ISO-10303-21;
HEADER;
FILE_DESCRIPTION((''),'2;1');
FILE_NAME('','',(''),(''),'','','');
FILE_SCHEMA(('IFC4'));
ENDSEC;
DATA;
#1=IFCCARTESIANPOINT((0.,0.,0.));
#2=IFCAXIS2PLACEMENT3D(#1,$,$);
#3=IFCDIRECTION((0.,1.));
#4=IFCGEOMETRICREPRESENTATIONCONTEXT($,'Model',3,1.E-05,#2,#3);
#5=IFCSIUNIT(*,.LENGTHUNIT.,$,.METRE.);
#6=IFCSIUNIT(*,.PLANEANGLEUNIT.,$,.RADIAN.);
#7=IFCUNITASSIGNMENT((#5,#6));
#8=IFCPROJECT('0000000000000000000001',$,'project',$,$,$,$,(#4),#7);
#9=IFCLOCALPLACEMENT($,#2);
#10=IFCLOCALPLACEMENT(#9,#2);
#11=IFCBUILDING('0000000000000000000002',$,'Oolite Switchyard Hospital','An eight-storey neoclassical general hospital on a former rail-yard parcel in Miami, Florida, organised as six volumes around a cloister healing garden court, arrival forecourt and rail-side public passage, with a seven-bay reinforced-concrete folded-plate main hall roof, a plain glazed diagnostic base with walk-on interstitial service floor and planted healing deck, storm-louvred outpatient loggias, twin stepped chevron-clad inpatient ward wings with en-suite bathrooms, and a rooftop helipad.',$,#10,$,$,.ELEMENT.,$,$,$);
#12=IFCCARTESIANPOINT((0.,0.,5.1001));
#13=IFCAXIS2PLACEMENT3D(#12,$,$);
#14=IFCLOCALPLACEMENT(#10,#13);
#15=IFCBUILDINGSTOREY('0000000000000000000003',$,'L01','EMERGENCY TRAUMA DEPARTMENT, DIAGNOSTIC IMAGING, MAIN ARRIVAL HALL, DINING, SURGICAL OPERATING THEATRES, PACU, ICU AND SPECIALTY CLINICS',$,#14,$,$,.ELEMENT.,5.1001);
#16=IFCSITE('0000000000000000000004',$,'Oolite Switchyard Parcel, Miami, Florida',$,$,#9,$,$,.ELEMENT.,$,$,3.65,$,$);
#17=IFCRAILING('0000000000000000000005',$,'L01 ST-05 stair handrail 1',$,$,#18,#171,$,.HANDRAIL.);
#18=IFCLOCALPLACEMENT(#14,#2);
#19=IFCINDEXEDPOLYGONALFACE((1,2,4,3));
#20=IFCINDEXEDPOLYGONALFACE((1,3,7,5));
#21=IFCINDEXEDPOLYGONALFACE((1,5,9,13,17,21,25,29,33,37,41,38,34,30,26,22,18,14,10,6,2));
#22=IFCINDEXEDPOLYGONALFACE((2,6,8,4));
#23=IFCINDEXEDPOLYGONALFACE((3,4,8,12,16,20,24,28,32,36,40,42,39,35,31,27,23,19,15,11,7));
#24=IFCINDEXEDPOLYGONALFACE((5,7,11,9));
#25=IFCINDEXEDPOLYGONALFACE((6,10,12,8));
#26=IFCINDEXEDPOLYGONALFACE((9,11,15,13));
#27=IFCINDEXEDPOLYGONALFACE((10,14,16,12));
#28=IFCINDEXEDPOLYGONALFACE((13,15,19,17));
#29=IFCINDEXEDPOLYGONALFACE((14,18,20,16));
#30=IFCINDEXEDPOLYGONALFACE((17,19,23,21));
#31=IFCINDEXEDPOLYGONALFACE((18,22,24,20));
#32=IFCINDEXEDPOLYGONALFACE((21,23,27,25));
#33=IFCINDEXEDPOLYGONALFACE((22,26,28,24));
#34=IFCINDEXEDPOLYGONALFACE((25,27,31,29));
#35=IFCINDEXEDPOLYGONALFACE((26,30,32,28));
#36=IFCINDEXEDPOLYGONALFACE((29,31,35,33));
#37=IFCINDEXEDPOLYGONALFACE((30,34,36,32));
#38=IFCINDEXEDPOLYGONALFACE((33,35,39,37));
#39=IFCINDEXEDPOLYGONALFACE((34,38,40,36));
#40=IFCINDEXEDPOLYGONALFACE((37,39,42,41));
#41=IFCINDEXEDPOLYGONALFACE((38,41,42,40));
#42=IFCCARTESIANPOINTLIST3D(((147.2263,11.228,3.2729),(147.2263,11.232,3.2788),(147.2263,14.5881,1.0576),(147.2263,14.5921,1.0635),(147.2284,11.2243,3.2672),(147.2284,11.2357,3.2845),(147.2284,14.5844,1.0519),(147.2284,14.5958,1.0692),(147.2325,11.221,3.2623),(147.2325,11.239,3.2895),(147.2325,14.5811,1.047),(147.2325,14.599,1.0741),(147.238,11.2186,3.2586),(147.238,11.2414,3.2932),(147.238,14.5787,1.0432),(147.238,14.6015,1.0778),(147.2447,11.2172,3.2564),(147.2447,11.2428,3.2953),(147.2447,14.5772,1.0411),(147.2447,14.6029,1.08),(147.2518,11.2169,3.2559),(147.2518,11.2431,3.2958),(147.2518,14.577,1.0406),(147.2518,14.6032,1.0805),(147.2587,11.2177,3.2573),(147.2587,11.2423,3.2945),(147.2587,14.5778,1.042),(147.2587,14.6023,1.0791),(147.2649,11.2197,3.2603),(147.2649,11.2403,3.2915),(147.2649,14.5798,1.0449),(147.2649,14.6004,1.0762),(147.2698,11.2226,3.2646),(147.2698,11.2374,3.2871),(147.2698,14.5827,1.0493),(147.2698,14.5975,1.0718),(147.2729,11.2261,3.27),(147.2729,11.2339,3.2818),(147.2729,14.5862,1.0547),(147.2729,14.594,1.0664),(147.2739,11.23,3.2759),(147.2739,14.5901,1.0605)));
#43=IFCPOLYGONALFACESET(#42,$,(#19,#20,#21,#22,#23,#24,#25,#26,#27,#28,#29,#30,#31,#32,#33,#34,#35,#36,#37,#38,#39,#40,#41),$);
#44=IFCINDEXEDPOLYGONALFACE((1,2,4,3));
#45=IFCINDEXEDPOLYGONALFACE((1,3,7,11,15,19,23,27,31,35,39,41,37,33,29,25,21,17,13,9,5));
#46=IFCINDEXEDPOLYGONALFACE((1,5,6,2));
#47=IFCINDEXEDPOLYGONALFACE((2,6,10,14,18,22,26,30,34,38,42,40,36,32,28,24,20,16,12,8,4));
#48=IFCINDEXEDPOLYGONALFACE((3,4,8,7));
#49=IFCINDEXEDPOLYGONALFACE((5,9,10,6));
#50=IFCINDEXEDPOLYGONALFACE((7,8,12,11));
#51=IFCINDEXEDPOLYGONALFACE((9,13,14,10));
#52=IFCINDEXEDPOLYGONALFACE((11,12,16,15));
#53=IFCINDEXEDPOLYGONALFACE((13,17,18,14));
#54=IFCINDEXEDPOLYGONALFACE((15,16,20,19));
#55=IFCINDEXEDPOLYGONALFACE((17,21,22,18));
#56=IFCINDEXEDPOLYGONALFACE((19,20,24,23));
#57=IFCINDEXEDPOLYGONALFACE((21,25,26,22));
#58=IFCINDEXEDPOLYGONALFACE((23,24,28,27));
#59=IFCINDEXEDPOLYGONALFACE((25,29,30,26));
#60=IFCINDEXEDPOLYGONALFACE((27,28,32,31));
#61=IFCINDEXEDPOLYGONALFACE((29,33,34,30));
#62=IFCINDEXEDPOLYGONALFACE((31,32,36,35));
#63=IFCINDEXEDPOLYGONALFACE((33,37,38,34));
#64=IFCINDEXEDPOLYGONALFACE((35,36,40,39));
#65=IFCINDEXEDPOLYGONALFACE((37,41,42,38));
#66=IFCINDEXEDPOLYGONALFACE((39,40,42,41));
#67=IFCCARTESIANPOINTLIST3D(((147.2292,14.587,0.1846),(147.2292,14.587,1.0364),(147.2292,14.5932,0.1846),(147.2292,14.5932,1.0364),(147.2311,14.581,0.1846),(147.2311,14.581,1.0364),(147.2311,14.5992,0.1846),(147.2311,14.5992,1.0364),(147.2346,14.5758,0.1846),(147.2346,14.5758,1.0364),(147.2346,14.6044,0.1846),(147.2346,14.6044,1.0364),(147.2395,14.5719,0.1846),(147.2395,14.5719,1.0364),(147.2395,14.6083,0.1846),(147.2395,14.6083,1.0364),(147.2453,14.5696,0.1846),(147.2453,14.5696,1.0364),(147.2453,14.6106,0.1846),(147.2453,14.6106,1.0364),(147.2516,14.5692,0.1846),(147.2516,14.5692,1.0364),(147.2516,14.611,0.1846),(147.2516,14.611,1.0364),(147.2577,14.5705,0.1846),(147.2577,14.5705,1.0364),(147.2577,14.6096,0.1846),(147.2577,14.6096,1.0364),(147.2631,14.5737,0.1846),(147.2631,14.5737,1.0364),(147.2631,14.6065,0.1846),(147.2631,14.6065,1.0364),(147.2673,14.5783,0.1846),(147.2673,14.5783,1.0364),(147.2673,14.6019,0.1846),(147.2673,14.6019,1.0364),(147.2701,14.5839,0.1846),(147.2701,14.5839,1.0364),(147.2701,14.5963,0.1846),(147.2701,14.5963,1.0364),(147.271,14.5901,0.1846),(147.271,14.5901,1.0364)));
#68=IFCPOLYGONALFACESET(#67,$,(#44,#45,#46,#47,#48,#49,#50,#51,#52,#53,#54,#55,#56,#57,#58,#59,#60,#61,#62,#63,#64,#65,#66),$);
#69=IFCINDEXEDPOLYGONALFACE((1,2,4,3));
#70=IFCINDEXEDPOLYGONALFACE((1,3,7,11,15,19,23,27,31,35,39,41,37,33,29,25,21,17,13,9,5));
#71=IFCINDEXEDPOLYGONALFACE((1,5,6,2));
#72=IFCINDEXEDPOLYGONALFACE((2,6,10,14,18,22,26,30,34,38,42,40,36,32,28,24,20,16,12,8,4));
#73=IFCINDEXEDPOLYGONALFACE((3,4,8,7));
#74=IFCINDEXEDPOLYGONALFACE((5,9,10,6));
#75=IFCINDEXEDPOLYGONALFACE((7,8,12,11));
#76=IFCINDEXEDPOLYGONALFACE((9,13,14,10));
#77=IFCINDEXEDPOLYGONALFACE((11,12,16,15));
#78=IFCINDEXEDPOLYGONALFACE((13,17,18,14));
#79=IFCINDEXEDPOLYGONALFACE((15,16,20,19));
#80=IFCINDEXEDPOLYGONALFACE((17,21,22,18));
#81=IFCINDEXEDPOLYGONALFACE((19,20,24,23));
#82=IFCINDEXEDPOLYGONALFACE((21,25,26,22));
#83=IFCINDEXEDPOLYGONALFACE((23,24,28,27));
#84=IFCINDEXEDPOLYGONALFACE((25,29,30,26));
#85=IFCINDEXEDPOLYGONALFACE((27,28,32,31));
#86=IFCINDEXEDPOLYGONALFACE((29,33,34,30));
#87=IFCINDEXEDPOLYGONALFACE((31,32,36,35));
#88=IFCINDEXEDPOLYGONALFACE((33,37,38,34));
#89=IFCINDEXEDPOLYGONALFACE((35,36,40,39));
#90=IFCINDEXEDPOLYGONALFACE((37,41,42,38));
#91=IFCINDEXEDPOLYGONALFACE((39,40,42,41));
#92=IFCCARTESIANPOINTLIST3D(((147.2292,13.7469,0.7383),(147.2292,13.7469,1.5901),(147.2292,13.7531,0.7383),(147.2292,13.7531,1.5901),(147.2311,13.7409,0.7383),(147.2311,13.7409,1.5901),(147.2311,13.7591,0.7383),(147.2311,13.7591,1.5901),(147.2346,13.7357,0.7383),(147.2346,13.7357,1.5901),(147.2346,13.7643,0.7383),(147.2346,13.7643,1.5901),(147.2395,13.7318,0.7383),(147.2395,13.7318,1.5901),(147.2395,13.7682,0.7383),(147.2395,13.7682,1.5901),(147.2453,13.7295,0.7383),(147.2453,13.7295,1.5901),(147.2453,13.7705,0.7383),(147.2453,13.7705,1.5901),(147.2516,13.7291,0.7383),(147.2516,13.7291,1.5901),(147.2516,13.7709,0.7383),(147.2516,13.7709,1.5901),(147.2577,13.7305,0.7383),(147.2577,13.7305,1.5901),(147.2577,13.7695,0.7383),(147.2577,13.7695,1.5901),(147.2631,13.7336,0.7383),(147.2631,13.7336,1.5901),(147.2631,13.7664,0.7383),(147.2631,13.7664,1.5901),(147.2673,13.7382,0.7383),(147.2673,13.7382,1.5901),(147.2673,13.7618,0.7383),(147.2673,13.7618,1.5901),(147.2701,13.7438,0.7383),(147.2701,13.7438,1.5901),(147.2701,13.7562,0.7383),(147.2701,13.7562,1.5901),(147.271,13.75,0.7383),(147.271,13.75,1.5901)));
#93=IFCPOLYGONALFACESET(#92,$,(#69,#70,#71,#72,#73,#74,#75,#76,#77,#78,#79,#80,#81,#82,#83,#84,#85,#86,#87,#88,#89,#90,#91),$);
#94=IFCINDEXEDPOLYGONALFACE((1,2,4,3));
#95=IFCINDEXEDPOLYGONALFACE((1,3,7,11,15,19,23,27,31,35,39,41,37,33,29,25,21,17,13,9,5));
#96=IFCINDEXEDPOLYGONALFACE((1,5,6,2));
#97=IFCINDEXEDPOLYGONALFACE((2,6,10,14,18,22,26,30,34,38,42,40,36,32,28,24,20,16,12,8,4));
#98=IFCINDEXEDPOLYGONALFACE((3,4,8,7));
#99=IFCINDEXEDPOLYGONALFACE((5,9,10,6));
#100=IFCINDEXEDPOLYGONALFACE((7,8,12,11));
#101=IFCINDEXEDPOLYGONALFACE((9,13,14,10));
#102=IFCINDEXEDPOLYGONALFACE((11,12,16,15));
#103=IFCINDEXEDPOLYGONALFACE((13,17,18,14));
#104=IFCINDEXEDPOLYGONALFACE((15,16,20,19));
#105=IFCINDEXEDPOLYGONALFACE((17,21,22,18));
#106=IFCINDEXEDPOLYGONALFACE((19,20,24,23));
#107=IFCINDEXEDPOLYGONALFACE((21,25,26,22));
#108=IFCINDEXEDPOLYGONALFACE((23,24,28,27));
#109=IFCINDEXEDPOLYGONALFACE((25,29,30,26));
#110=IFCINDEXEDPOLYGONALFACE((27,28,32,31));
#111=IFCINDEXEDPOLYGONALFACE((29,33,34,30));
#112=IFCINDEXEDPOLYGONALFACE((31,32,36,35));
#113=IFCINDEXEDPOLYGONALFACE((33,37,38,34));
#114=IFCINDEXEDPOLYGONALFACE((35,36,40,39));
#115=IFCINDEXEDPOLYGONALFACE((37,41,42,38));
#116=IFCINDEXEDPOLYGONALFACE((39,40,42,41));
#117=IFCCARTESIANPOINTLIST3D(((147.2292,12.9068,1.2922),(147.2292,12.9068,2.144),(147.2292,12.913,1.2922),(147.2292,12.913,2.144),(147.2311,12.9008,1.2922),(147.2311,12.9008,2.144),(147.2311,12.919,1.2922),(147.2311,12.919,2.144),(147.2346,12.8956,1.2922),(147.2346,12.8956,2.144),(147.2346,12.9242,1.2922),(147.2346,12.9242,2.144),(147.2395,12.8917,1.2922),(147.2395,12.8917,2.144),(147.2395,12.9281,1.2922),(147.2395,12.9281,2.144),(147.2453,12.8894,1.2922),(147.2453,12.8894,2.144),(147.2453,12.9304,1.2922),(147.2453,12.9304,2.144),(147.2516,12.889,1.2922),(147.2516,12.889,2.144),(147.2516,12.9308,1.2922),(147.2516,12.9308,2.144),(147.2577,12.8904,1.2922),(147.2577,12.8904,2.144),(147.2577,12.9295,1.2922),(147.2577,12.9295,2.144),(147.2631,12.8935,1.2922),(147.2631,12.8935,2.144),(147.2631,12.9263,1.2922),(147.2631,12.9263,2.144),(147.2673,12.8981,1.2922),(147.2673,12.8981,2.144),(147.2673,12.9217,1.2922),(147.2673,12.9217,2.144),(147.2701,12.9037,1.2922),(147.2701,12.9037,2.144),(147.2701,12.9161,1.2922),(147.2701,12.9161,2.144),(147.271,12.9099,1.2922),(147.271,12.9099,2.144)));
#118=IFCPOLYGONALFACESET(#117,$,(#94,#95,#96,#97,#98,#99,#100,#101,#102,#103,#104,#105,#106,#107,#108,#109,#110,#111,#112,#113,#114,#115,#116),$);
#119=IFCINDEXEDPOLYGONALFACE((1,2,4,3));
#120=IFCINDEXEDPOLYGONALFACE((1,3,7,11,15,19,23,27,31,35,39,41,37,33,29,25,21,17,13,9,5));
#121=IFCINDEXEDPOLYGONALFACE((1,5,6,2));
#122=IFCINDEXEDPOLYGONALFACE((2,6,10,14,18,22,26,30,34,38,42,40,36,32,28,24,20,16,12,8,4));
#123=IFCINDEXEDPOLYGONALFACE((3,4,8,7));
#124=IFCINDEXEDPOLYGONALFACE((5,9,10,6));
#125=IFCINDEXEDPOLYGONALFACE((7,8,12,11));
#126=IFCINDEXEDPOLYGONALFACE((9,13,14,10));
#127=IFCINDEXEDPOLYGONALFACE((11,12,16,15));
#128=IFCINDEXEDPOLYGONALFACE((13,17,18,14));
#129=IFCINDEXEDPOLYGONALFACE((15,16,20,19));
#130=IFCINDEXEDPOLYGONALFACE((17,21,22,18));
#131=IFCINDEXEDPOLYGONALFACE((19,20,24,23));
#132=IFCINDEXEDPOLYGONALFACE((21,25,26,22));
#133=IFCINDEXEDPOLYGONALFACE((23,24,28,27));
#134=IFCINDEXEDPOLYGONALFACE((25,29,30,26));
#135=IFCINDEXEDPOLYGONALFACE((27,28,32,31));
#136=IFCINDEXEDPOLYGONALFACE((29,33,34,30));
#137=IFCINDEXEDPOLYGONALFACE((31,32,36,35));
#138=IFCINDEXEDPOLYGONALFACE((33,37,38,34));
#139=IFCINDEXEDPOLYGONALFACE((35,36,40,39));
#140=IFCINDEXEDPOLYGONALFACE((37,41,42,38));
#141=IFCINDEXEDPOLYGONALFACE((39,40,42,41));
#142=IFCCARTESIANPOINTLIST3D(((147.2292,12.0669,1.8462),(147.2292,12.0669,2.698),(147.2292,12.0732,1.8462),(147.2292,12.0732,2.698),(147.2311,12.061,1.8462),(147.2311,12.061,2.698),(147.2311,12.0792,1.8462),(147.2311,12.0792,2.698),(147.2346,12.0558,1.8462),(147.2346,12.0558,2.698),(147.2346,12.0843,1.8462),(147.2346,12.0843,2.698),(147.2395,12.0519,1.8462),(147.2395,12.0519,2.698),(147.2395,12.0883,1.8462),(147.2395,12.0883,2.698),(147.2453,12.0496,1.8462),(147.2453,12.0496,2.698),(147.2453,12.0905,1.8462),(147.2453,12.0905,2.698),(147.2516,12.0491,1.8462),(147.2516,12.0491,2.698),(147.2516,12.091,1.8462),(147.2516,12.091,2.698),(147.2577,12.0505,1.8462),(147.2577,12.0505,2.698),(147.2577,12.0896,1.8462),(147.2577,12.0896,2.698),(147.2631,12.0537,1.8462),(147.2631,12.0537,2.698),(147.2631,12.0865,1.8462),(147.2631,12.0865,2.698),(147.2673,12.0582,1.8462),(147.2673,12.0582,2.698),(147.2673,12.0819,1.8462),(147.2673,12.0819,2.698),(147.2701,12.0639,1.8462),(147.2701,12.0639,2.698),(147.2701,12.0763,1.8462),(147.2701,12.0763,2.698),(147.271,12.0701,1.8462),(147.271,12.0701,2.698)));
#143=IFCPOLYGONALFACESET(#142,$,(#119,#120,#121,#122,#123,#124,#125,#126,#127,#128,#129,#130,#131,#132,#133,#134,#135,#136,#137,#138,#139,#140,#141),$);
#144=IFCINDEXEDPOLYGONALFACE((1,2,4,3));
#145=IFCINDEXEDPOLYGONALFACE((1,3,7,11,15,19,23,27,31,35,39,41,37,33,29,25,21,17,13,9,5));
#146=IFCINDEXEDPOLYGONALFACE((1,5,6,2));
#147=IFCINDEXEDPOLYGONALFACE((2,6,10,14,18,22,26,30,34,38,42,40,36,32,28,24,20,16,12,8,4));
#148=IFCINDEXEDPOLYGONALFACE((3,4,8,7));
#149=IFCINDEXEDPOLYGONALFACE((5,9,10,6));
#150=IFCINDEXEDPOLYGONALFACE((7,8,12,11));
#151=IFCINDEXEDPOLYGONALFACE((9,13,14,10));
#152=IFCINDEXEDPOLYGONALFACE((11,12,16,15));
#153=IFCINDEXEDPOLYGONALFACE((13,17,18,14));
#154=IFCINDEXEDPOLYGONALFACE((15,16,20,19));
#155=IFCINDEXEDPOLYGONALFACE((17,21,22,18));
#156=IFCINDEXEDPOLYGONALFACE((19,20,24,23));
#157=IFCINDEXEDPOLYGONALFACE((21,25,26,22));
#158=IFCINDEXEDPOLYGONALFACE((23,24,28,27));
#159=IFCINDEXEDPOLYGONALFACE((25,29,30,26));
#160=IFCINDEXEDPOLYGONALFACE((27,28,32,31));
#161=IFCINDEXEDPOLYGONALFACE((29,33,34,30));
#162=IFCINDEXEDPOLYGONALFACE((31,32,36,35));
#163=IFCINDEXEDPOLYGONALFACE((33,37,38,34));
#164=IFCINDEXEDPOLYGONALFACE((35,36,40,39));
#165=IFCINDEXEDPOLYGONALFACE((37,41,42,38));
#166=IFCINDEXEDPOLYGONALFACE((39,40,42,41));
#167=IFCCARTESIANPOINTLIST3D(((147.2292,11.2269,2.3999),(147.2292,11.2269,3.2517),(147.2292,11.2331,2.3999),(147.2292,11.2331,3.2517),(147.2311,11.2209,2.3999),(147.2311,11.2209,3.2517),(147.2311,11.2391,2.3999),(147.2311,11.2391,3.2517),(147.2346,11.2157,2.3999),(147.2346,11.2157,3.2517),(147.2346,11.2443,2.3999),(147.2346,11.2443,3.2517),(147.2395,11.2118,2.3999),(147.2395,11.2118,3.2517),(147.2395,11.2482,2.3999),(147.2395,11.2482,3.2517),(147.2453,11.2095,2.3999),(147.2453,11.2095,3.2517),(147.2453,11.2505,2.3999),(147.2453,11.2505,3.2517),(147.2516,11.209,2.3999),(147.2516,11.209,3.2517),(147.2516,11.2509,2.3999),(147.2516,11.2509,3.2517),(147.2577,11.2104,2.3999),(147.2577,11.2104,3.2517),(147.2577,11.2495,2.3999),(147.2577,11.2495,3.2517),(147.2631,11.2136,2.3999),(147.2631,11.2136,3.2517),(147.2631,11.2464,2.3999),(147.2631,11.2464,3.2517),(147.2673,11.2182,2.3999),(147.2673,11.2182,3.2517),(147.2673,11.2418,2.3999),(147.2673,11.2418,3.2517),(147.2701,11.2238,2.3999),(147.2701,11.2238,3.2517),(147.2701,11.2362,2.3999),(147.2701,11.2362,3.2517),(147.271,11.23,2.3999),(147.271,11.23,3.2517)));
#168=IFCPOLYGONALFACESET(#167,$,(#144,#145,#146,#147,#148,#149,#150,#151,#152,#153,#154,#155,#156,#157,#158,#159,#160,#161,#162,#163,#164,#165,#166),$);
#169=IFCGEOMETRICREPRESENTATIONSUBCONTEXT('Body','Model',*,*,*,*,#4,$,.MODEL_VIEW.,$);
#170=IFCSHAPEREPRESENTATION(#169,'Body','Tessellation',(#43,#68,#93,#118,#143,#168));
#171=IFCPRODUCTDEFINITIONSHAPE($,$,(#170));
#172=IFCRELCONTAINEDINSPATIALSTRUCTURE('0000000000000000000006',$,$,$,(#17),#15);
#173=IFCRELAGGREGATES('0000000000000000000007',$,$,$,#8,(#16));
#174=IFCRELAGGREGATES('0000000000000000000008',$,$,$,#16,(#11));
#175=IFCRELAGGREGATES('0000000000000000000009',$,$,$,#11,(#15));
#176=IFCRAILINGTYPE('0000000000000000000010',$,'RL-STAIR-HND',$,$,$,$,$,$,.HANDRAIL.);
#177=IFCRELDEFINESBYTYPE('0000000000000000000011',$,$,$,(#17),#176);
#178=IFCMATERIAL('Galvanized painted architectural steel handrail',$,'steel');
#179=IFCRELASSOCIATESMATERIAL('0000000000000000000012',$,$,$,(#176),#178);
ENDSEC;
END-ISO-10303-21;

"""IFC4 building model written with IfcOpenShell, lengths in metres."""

from ifc_helpers import new_model, si_unit, direction, frame, origin, origin_2d, place, context, subcontext, project, spatial, circle, extrude, material, type_object, element, save


model = new_model("IFC4")

# Units and contexts
model_context = context("Model", 3, precision=1e-05, world=origin(), true_north=direction((0.0, 1.0)))
body_context = subcontext(model_context, "Body", "Model", "MODEL_VIEW")
ifc_project = project(units=[si_unit("LENGTHUNIT", "METRE"), si_unit("PLANEANGLEUNIT", "RADIAN")], contexts=[model_context])

# Site, building, storey
site_placement = place(None, origin())
site = spatial("IfcSite", under=ifc_project, at=site_placement, Name="Oolite Switchyard Parcel, Miami, Florida", CompositionType="ELEMENT", RefElevation=3.65)
building_placement = place(site_placement, origin())
building = spatial("IfcBuilding", under=site, at=building_placement, Name="Oolite Switchyard Hospital", Description="An eight-storey neoclassical general hospital on a former rail-yard parcel in Miami, Florida, organised as six volumes around a cloister healing garden court, arrival forecourt and rail-side public passage, with a seven-bay reinforced-concrete folded-plate main hall roof, a plain glazed diagnostic base with walk-on interstitial service floor and planted healing deck, storm-louvred outpatient loggias, twin stepped chevron-clad inpatient ward wings with en-suite bathrooms, and a rooftop helipad.", CompositionType="ELEMENT")
storey_placement = place(building_placement, frame((0.0, 0.0, 5.1001)))
storey = spatial("IfcBuildingStorey", under=building, at=storey_placement, Name="L01", Description="EMERGENCY TRAUMA DEPARTMENT, DIAGNOSTIC IMAGING, MAIN ARRIVAL HALL, DINING, SURGICAL OPERATING THEATRES, PACU, ICU AND SPECIALTY CLINICS", CompositionType="ELEMENT", Elevation=5.1001)

# Railing
ifc_material_1 = material(Name="Galvanized painted architectural steel handrail", Category="steel")
railing_type_1 = type_object("IfcRailingType", Name="RL-STAIR-HND", PredefinedType="HANDRAIL", material=ifc_material_1)
railing_1_placement = place(storey_placement, frame((147.25, 14.5901, 0.1846)))
element("IfcRailing", 1, at=railing_1_placement, inside=storey, type_object=railing_type_1, Name="L01 ST-05 stair handrail 1", PredefinedType="HANDRAIL", context=body_context, shape_type="SweptSolid", body=[
    extrude(circle(Radius=0.0239, at=origin_2d()), frame((0.0, 0.0, 0.876), z_axis=(0.0, -0.834876, 0.550437), x_axis=(1.0, 0.0, 0.0)), (0.0, 0.0, 1.0), 4.0247),
    extrude(circle(Radius=0.021, at=origin_2d()), origin(), (0.0, 0.0, 1.0), 0.8518),
    extrude(circle(Radius=0.021, at=origin_2d()), frame((0.0, -0.8401, 0.5537)), (0.0, 0.0, 1.0), 0.8518),
    extrude(circle(Radius=0.021, at=origin_2d()), frame((0.0, -1.6802, 1.1077)), (0.0, 0.0, 1.0), 0.8518),
    extrude(circle(Radius=0.021, at=origin_2d()), frame((0.0, -2.52, 1.6616)), (0.0, 0.0, 1.0), 0.8518),
    extrude(circle(Radius=0.021, at=origin_2d()), frame((0.0, -3.3601, 2.2153)), (0.0, 0.0, 1.0), 0.8518),
])

save(model, "model.ifc")
